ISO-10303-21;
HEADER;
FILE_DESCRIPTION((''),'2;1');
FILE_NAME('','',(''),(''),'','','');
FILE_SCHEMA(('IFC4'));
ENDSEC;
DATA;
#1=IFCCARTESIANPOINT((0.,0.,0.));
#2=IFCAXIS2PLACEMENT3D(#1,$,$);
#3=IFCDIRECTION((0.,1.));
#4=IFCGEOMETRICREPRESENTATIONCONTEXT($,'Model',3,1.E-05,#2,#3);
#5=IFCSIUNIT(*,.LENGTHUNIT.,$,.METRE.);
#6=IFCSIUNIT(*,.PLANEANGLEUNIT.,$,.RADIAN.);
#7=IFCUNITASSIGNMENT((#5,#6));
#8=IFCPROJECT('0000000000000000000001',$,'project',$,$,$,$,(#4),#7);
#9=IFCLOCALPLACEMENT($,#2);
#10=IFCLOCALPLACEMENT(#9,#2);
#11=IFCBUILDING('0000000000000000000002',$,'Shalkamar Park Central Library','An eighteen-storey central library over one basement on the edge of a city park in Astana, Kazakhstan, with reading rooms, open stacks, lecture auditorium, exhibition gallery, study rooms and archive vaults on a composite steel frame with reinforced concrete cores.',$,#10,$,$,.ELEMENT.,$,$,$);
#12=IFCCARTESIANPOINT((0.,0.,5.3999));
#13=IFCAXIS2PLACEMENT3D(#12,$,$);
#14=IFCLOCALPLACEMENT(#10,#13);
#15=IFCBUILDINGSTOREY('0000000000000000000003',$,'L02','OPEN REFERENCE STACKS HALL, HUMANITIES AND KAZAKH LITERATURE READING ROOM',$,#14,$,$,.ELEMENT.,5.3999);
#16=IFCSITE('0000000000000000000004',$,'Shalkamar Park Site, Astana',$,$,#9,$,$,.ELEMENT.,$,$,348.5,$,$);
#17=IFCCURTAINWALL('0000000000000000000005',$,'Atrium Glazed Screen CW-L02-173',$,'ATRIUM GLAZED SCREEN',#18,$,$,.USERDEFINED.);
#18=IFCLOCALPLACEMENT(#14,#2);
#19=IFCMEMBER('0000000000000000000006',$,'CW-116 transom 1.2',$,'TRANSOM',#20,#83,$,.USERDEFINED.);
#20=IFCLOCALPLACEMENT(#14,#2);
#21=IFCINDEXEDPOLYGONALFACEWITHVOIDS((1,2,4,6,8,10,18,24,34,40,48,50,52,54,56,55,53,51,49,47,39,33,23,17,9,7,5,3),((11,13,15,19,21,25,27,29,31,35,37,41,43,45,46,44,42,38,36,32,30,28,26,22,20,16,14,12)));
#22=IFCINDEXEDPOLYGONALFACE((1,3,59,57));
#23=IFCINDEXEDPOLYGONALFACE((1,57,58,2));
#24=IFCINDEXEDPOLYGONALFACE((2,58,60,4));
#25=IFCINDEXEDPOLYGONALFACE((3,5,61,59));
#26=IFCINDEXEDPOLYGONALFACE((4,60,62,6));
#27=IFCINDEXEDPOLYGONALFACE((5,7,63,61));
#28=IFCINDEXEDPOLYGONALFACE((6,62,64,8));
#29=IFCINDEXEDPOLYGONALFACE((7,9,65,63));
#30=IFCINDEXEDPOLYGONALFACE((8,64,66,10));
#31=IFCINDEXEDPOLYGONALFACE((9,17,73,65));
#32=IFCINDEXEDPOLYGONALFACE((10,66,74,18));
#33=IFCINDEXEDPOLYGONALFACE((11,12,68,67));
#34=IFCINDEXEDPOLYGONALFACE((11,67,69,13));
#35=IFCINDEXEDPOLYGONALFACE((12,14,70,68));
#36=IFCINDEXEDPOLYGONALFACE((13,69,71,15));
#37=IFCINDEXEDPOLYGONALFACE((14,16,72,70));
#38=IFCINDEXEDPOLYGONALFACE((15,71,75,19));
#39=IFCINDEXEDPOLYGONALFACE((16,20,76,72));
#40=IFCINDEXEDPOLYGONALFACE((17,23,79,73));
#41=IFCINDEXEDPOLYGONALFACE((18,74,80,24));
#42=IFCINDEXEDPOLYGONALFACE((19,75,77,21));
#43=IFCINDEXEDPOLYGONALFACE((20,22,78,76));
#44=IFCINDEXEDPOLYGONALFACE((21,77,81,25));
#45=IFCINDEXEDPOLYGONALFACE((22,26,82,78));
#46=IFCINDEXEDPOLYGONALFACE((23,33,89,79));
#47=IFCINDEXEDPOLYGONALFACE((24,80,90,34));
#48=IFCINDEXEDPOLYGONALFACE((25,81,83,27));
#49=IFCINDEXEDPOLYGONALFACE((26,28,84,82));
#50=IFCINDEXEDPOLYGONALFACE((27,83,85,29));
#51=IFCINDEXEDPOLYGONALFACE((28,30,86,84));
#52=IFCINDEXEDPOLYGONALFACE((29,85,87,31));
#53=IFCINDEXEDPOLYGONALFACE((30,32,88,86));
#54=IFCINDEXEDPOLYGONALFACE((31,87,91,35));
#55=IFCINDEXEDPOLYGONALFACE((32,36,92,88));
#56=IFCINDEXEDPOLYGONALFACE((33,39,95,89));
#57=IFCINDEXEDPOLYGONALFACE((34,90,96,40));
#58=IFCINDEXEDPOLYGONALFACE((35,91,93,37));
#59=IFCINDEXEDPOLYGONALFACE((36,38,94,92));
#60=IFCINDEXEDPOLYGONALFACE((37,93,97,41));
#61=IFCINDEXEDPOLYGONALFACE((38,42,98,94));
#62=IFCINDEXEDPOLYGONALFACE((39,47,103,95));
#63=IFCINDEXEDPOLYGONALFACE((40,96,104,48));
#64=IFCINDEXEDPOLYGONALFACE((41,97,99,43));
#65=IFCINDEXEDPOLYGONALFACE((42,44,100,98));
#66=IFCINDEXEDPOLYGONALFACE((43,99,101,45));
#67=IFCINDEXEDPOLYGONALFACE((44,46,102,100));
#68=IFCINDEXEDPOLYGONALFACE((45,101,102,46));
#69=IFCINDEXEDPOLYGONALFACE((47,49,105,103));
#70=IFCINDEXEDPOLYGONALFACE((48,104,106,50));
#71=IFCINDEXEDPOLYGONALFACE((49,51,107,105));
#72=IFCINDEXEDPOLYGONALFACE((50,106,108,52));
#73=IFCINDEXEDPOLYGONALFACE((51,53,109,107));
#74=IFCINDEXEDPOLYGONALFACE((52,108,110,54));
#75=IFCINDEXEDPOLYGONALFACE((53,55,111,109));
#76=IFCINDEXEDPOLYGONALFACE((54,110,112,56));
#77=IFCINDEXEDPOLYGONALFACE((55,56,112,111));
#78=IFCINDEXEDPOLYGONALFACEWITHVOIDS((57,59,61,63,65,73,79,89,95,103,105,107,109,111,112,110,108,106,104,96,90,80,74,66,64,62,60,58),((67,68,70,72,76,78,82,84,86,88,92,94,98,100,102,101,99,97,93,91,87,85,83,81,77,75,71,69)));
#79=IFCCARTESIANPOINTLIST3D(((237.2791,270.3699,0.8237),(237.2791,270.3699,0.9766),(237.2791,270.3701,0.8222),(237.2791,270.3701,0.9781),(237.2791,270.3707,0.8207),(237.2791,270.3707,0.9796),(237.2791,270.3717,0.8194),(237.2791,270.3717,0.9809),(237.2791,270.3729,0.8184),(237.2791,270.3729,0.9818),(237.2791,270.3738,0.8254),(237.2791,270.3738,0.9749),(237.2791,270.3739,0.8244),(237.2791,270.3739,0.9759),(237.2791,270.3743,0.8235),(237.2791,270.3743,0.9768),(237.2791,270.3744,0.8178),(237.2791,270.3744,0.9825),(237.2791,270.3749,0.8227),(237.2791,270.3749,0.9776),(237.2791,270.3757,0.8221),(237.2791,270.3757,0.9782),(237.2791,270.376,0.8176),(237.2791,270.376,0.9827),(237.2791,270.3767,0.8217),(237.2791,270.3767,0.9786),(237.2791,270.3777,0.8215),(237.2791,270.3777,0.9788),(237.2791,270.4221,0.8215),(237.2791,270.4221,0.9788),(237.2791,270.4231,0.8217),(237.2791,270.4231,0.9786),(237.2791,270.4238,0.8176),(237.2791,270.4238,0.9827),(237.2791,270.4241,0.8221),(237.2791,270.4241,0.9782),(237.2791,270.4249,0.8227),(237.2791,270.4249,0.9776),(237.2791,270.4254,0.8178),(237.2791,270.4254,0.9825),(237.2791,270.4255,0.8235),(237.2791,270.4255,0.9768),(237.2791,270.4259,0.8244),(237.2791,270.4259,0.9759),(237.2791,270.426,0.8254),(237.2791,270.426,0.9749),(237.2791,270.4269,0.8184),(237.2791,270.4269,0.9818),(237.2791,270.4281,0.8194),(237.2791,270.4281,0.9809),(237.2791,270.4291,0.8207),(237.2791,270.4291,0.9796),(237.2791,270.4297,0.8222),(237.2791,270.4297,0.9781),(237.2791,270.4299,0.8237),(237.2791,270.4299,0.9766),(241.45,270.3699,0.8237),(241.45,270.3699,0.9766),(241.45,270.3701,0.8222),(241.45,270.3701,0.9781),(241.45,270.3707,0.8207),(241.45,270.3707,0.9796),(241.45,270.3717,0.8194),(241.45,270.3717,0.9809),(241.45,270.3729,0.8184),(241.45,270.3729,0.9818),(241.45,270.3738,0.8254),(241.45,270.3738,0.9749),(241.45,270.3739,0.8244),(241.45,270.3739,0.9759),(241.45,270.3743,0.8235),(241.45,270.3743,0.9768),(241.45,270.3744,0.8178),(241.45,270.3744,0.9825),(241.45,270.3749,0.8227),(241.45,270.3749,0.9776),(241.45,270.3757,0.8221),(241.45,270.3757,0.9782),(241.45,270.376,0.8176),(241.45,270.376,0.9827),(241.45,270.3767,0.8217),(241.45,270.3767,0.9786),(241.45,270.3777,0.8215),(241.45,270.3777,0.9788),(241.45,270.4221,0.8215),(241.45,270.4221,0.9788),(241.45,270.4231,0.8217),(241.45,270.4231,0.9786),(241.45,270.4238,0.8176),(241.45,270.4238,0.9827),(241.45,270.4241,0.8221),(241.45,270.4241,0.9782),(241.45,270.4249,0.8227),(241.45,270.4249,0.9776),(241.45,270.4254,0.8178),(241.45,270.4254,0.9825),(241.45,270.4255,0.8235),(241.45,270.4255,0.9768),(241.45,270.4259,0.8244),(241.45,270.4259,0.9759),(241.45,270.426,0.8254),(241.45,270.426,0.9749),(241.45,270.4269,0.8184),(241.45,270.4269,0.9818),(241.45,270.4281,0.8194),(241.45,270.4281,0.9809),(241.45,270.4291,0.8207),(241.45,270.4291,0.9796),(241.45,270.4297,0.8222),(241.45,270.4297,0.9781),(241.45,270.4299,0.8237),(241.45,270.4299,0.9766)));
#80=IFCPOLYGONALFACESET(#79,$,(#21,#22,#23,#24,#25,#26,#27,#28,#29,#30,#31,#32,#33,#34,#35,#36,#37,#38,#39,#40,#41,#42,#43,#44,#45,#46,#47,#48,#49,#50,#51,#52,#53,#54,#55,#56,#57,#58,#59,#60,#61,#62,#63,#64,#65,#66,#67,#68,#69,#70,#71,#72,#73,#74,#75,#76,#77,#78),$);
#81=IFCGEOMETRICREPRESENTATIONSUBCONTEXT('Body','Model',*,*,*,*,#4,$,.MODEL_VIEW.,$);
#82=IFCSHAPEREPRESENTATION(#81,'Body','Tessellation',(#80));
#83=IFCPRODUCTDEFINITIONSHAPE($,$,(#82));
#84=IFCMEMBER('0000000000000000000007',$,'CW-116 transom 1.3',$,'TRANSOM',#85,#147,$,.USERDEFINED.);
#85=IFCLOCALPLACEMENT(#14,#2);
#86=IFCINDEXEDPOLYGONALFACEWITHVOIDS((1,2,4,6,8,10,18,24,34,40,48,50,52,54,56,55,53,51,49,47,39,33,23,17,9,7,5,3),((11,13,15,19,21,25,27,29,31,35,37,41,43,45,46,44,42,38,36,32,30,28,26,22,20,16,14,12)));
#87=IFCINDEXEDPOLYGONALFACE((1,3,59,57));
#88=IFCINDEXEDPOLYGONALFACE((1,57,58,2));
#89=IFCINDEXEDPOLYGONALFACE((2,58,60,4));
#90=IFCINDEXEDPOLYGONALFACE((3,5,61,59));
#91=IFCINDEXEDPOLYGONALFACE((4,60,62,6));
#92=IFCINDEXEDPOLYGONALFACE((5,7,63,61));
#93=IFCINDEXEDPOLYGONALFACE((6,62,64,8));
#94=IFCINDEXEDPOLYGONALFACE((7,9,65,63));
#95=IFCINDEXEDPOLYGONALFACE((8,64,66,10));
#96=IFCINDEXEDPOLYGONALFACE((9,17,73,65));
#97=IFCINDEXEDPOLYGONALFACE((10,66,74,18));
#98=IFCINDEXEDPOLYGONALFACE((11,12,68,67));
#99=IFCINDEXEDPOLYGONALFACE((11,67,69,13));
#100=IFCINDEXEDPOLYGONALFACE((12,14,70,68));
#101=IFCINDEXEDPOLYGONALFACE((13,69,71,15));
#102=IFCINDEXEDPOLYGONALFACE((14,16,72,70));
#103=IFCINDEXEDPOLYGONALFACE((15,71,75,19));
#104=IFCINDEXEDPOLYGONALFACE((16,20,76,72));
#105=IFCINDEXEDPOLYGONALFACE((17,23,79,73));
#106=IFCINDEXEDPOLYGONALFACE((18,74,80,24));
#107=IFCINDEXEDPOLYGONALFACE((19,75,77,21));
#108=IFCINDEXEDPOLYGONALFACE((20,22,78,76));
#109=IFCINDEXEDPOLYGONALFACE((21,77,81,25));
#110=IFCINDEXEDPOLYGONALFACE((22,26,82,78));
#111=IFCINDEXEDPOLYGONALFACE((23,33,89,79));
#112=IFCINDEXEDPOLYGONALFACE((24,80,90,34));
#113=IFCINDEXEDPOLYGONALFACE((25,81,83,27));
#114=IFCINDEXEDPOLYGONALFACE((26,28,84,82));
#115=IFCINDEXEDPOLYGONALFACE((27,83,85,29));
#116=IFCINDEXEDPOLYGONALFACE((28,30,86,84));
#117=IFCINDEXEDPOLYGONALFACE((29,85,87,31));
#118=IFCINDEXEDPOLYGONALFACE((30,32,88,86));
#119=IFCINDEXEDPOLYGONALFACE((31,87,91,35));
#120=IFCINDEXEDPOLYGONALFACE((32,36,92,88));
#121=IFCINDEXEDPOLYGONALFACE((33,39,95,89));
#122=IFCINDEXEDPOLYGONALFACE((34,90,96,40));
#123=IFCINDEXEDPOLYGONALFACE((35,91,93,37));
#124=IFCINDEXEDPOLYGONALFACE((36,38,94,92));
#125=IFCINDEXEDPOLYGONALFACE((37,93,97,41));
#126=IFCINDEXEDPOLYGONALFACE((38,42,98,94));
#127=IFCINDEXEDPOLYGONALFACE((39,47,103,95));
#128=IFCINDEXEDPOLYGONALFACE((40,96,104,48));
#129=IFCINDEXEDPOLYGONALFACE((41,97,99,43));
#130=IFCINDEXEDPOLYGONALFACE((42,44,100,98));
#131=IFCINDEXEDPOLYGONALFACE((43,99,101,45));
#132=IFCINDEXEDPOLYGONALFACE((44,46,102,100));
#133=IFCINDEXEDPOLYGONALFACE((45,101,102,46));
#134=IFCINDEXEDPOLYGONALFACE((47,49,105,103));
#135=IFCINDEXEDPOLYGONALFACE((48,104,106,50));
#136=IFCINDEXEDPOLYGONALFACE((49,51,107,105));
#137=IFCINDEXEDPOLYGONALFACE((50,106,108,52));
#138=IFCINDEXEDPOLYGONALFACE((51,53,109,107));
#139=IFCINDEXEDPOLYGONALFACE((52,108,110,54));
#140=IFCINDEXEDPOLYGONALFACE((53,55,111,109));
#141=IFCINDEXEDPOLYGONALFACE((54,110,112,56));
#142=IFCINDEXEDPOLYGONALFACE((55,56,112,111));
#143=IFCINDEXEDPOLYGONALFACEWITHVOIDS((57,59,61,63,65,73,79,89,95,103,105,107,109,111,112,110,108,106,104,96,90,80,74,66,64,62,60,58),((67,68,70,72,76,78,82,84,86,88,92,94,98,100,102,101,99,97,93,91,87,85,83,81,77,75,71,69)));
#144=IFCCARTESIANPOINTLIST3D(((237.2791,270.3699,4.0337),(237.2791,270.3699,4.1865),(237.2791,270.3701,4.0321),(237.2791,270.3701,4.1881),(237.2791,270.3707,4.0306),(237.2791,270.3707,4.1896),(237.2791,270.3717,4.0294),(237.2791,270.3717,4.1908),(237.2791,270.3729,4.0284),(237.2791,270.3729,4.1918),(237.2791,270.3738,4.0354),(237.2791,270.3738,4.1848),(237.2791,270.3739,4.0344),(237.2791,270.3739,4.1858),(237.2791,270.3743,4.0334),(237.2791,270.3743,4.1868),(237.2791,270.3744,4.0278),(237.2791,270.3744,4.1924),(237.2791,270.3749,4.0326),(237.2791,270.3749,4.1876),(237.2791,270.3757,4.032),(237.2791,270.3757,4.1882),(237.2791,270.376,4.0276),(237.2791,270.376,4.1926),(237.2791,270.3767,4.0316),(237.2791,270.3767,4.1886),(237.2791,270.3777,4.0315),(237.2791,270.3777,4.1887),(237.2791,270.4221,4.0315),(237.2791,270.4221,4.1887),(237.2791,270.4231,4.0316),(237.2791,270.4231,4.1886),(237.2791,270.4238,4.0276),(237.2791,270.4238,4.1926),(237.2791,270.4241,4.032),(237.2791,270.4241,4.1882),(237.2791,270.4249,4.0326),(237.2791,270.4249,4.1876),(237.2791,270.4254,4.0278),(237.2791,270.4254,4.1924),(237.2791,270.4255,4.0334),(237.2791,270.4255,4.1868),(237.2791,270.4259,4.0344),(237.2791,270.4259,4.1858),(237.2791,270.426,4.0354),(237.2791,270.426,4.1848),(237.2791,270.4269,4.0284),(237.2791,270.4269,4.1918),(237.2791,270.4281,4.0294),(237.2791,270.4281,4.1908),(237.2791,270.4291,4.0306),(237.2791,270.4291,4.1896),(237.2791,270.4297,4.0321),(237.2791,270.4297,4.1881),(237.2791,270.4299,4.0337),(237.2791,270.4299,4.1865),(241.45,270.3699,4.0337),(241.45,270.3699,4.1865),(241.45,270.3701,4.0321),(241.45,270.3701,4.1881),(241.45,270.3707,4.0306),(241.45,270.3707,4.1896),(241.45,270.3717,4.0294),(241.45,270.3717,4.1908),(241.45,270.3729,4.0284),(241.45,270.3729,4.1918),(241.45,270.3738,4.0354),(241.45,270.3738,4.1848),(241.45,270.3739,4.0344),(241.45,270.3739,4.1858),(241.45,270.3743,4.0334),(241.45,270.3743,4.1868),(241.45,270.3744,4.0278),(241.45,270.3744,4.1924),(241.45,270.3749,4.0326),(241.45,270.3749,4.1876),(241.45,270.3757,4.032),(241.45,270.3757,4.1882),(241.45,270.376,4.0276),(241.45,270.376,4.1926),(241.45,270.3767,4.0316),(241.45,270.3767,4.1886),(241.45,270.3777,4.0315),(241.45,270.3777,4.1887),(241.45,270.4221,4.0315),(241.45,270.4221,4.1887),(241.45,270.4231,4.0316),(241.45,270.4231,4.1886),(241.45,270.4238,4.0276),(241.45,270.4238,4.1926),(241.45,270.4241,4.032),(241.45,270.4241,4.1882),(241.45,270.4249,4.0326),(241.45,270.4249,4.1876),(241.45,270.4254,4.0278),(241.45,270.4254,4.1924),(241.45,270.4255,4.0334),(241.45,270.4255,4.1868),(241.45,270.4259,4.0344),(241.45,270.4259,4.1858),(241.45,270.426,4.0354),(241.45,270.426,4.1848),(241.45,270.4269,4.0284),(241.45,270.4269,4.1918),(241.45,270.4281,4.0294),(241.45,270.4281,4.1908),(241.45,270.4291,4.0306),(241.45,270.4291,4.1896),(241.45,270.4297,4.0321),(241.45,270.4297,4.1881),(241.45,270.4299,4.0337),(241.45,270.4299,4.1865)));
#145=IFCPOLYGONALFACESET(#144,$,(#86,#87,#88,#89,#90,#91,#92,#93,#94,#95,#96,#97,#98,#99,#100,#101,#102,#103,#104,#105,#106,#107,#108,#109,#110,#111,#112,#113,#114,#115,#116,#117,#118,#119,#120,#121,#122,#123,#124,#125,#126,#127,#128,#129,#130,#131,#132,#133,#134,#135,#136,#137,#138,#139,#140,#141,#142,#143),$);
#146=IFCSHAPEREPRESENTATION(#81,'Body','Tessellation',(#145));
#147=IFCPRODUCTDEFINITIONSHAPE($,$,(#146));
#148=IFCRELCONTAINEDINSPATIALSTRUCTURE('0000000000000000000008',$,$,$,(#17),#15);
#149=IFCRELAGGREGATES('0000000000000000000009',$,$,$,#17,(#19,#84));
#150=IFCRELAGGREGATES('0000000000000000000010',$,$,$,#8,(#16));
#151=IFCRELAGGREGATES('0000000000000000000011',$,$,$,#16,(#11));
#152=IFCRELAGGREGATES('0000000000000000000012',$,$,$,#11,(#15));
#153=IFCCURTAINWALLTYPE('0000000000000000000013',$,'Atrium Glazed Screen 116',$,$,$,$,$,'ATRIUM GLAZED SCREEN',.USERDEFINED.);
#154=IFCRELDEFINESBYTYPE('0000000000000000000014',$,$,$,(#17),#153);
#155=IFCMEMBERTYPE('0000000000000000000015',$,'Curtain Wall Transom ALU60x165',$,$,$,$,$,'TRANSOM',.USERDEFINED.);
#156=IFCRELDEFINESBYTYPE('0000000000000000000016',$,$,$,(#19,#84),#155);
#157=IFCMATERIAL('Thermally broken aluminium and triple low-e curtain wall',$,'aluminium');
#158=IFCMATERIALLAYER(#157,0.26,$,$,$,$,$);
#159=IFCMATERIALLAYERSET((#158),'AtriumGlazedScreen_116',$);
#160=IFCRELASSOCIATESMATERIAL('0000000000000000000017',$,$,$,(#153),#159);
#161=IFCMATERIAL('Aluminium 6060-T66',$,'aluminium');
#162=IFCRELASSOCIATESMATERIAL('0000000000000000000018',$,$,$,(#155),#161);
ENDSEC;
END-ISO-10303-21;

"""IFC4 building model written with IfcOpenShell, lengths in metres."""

from ifc_helpers import new_model, si_unit, direction, frame, origin, origin_2d, place, context, subcontext, project, spatial, hollow_rectangle, extrude, material, layer, layer_set, material_profile, profile_set, type_object, element, aggregate, save


model = new_model("IFC4")

# Units and contexts
model_context = context("Model", 3, precision=1e-05, world=origin(), true_north=direction((0.0, 1.0)))
body_context = subcontext(model_context, "Body", "Model", "MODEL_VIEW")
ifc_project = project(units=[si_unit("LENGTHUNIT", "METRE"), si_unit("PLANEANGLEUNIT", "RADIAN")], contexts=[model_context])

# Site, building, storey
site_placement = place(None, origin())
site = spatial("IfcSite", under=ifc_project, at=site_placement, Name="Shalkamar Park Site, Astana", CompositionType="ELEMENT", RefElevation=348.5)
building_placement = place(site_placement, origin())
building = spatial("IfcBuilding", under=site, at=building_placement, Name="Shalkamar Park Central Library", Description="An eighteen-storey central library over one basement on the edge of a city park in Astana, Kazakhstan, with reading rooms, open stacks, lecture auditorium, exhibition gallery, study rooms and archive vaults on a composite steel frame with reinforced concrete cores.", CompositionType="ELEMENT")
storey_placement = place(building_placement, frame((0.0, 0.0, 5.3999)))
storey = spatial("IfcBuildingStorey", under=building, at=storey_placement, Name="L02", Description="OPEN REFERENCE STACKS HALL, HUMANITIES AND KAZAKH LITERATURE READING ROOM", CompositionType="ELEMENT", Elevation=5.3999)

# Shared definitions
ifc_material_1 = material(Name="Thermally broken aluminium and triple low-e curtain wall", Category="aluminium")
ifc_material_2 = material(Name="Aluminium 6060-T66", Category="aluminium")

# Curtain wall
ifc_layer_1 = layer(ifc_material_1, 0.26)
ifc_layer_set_1 = layer_set([ifc_layer_1], Name="AtriumGlazedScreen_116")
curtain_wall_type_1 = type_object("IfcCurtainWallType", Name="Atrium Glazed Screen 116", ElementType="ATRIUM GLAZED SCREEN", PredefinedType="USERDEFINED", material=ifc_layer_set_1)
curtain_wall_1_placement = place(storey_placement, origin())
curtain_wall_1 = element("IfcCurtainWall", 1, at=curtain_wall_1_placement, inside=storey, type_object=curtain_wall_type_1, Name="Atrium Glazed Screen CW-L02-173", ObjectType="ATRIUM GLAZED SCREEN", PredefinedType="USERDEFINED")

# Members
ifc_material_profile_1 = material_profile(ifc_material_2, hollow_rectangle(XDim=0.0601, YDim=0.165, WallThickness=0.0039, InnerFilletRadius=0.0039, OuterFilletRadius=0.0061, at=origin_2d()), Name="ALU 60x165x4")
ifc_profile_set_1 = profile_set([ifc_material_profile_1], Name="Aluminium 6060-T66")
member_type_1 = type_object("IfcMemberType", Name="Curtain Wall Transom ALU60x165", ElementType="TRANSOM", PredefinedType="USERDEFINED", material=ifc_profile_set_1)
member_1_placement = place(storey_placement, frame((237.2791, 270.3999, 0.9001), z_axis=(1.0, 0.0, 0.0), x_axis=(0.0, 1.0, 0.0)))
member_1 = element("IfcMember", 2, at=member_1_placement, type_object=member_type_1, Name="CW-116 transom 1.2", ObjectType="TRANSOM", PredefinedType="USERDEFINED", context=body_context, shape_type="SweptSolid", body=[
    extrude(hollow_rectangle(XDim=0.0601, YDim=0.165, WallThickness=0.0039, InnerFilletRadius=0.0039, OuterFilletRadius=0.0061, at=origin_2d()), origin(), (0.0, 0.0, 1.0), 4.1709),
])
member_2_placement = place(storey_placement, frame((237.2791, 270.3999, 4.1101), z_axis=(1.0, 0.0, 0.0), x_axis=(0.0, 1.0, 0.0)))
member_2 = element("IfcMember", 3, at=member_2_placement, type_object=member_type_1, Name="CW-116 transom 1.3", ObjectType="TRANSOM", PredefinedType="USERDEFINED", context=body_context, shape_type="SweptSolid", body=[
    extrude(hollow_rectangle(XDim=0.0601, YDim=0.165, WallThickness=0.0039, InnerFilletRadius=0.0039, OuterFilletRadius=0.0061, at=origin_2d()), origin(), (0.0, 0.0, 1.0), 4.1709),
])

aggregate(curtain_wall_1, [member_1, member_2])

save(model, "model.ifc")
